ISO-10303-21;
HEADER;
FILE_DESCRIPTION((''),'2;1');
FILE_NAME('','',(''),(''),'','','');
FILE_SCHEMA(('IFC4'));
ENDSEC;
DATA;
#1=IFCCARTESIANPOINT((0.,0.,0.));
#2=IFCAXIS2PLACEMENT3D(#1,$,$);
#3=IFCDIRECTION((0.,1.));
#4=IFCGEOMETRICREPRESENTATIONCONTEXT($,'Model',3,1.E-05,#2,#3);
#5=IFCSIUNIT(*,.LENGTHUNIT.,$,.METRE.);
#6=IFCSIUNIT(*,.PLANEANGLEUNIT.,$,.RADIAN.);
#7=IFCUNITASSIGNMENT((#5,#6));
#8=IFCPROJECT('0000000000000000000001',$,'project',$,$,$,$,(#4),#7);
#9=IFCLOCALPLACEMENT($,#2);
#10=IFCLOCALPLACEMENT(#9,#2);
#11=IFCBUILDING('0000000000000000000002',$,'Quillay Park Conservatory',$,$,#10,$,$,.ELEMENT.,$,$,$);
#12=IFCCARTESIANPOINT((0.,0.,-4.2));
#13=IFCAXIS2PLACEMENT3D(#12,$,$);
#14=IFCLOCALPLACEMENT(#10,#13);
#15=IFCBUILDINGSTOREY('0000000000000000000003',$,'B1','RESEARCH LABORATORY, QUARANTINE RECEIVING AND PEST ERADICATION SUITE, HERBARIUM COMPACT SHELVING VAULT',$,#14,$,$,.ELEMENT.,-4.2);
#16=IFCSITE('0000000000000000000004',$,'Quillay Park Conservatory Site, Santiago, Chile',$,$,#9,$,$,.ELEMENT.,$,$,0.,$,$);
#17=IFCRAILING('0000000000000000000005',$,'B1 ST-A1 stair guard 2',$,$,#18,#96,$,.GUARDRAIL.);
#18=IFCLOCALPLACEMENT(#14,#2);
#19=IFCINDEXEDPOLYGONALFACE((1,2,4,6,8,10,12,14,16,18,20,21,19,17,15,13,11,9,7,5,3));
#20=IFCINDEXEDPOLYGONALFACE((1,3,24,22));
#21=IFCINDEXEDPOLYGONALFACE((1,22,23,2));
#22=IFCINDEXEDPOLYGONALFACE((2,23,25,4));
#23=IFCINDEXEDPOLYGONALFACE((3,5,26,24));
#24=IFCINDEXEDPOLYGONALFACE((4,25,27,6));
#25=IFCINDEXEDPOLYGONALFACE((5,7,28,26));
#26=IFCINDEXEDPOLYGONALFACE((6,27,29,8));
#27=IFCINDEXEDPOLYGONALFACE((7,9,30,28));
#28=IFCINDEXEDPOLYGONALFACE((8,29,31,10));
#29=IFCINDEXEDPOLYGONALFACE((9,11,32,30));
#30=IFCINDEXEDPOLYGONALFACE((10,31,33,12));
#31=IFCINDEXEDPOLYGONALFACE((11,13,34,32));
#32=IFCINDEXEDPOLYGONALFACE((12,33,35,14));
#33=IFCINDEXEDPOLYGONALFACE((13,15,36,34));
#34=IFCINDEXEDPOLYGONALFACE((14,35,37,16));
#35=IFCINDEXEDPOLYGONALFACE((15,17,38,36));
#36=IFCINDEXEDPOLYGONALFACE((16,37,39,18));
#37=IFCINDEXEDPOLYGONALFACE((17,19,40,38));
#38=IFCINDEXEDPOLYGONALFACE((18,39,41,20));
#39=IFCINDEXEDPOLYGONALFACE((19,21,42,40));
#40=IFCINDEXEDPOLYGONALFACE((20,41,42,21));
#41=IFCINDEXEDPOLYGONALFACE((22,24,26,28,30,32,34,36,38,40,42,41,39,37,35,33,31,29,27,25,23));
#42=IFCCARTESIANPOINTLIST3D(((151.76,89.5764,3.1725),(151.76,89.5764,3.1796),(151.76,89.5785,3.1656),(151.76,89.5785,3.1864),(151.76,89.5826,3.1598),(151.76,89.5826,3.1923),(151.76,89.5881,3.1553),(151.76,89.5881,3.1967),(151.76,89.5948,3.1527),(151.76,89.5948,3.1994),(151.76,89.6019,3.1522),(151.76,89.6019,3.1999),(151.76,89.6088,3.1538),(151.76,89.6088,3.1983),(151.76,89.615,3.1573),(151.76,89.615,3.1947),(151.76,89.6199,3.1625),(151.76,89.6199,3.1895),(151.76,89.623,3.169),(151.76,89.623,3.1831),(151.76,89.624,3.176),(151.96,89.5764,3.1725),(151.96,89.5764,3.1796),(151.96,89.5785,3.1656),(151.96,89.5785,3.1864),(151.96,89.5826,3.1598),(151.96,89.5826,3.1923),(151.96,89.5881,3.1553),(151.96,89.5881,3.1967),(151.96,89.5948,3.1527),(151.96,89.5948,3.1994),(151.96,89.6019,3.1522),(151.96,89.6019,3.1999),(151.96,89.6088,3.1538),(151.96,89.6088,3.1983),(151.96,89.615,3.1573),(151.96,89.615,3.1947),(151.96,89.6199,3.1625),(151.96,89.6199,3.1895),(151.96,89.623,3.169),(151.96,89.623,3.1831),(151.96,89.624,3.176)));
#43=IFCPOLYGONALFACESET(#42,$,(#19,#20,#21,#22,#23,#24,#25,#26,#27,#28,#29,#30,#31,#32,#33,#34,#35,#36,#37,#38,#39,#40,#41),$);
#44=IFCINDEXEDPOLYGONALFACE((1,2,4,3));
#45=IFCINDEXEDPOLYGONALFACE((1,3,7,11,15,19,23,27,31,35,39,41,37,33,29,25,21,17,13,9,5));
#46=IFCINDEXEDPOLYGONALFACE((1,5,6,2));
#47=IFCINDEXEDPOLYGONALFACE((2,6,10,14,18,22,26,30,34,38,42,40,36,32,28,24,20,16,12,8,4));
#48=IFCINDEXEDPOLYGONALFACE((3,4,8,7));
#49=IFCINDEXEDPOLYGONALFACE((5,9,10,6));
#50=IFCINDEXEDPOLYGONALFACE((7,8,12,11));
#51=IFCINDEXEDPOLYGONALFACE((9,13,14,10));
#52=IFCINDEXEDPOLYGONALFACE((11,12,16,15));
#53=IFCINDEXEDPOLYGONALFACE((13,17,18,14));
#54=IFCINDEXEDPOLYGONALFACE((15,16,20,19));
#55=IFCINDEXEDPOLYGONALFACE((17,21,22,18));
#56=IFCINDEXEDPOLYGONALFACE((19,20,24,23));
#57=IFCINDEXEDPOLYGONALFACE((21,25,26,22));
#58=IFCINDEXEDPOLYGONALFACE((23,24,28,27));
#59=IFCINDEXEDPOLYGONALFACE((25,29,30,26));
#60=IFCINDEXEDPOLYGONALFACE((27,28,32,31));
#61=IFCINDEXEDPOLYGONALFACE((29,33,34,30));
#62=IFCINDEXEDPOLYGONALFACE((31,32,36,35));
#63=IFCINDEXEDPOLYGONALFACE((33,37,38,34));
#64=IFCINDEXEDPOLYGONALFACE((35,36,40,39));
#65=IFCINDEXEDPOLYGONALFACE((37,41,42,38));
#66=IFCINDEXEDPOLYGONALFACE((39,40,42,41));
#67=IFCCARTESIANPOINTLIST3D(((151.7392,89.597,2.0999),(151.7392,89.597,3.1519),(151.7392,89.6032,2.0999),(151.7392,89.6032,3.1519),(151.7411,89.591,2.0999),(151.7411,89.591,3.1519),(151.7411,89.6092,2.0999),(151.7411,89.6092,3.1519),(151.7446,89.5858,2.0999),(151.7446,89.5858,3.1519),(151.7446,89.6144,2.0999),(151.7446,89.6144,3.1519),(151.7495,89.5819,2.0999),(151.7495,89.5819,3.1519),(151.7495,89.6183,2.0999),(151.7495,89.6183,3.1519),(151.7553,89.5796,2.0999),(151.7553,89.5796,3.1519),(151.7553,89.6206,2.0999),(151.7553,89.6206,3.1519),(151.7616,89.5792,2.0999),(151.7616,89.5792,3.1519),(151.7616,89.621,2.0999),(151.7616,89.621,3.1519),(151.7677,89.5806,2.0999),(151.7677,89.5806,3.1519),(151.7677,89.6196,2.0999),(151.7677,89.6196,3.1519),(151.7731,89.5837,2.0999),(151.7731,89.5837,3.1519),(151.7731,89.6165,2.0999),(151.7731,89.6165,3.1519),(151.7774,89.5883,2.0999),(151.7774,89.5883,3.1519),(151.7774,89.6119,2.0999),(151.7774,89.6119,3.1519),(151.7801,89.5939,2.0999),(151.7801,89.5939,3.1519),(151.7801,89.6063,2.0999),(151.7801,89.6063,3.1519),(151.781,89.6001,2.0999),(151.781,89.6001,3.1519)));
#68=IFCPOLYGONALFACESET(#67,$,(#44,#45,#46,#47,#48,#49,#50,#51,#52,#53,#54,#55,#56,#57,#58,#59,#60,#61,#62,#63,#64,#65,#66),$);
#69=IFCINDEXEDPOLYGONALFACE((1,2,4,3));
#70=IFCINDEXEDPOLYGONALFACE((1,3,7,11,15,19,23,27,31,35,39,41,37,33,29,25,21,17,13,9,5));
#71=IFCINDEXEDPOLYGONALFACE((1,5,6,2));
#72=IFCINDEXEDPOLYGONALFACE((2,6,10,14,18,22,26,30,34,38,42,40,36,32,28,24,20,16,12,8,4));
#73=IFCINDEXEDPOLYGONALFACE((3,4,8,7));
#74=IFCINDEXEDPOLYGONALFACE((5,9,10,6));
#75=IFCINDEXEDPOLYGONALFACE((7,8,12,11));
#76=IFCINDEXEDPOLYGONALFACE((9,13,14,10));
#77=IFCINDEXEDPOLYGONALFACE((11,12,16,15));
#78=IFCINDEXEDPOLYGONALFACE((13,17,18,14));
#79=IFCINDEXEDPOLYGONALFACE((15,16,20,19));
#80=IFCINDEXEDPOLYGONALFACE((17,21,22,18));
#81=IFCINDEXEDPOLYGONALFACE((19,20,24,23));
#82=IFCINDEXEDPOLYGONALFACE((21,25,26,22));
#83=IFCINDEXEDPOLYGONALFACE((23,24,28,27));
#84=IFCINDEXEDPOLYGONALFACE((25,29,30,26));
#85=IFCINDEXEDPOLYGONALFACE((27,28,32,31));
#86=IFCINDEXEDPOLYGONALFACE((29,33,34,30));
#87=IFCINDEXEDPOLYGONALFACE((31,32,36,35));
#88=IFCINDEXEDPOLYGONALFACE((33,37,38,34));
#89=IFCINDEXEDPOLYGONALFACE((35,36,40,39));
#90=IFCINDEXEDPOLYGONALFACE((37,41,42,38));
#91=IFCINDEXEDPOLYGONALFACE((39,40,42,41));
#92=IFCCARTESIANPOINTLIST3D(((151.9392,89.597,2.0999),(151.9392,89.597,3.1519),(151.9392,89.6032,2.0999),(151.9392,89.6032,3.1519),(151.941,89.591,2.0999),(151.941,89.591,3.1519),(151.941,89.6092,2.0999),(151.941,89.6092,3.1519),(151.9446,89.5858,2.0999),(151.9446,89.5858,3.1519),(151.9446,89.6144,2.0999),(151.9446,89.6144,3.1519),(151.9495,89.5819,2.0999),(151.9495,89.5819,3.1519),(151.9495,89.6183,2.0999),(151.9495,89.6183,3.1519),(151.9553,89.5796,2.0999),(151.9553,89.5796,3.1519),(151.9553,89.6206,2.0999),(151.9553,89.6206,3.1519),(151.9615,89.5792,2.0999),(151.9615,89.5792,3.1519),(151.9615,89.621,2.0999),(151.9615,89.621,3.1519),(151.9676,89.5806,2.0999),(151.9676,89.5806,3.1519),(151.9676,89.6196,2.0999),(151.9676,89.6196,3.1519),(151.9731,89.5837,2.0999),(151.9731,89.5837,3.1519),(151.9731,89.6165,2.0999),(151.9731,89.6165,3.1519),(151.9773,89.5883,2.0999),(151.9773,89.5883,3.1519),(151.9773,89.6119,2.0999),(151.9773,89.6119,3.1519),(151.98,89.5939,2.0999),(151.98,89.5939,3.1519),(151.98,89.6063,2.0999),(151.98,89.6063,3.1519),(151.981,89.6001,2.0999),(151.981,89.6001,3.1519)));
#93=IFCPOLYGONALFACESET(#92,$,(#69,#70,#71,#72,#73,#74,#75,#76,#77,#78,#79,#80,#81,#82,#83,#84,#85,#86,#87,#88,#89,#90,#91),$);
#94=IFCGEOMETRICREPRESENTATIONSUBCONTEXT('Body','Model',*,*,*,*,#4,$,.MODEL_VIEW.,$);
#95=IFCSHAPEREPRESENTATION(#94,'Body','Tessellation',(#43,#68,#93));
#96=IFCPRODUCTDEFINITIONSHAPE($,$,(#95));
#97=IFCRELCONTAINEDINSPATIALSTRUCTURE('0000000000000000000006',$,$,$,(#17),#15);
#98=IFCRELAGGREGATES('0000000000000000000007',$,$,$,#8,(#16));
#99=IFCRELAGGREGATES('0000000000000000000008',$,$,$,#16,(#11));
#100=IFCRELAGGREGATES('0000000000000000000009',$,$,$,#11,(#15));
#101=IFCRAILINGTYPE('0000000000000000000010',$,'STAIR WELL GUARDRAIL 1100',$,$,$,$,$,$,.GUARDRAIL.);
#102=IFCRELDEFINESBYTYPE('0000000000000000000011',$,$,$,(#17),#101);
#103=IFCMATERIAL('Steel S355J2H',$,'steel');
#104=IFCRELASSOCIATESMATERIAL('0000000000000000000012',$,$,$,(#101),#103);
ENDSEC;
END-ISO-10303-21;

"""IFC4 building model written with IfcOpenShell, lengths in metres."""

from ifc_helpers import new_model, si_unit, direction, frame, origin, origin_2d, place, context, subcontext, project, spatial, circle, extrude, material, type_object, element, save


model = new_model("IFC4")

# Units and contexts
model_context = context("Model", 3, precision=1e-05, world=origin(), true_north=direction((0.0, 1.0)))
body_context = subcontext(model_context, "Body", "Model", "MODEL_VIEW")
ifc_project = project(units=[si_unit("LENGTHUNIT", "METRE"), si_unit("PLANEANGLEUNIT", "RADIAN")], contexts=[model_context])

# Site, building, storey
site_placement = place(None, origin())
site = spatial("IfcSite", under=ifc_project, at=site_placement, Name="Quillay Park Conservatory Site, Santiago, Chile", CompositionType="ELEMENT", RefElevation=0.0)
building_placement = place(site_placement, origin())
building = spatial("IfcBuilding", under=site, at=building_placement, Name="Quillay Park Conservatory", CompositionType="ELEMENT")
storey_placement = place(building_placement, frame((0.0, 0.0, -4.2)))
storey = spatial("IfcBuildingStorey", under=building, at=storey_placement, Name="B1", Description="RESEARCH LABORATORY, QUARANTINE RECEIVING AND PEST ERADICATION SUITE, HERBARIUM COMPACT SHELVING VAULT", CompositionType="ELEMENT", Elevation=-4.2)

# Railing
ifc_material_1 = material(Name="Steel S355J2H", Category="steel")
railing_type_1 = type_object("IfcRailingType", Name="STAIR WELL GUARDRAIL 1100", PredefinedType="GUARDRAIL", material=ifc_material_1)
railing_1_placement = place(storey_placement, frame((151.76, 89.6001, 2.0999)))
element("IfcRailing", 1, at=railing_1_placement, inside=storey, type_object=railing_type_1, Name="B1 ST-A1 stair guard 2", PredefinedType="GUARDRAIL", context=body_context, shape_type="SweptSolid", body=[
    extrude(circle(Radius=0.0239, at=origin_2d()), frame((0.0, 0.0, 1.0762), z_axis=(1.0, 0.0, 0.0), x_axis=(0.0, 1.0, 0.0)), (0.0, 0.0, 1.0), 0.2),
    extrude(circle(Radius=0.021, at=origin_2d()), origin(), (0.0, 0.0, 1.0), 1.052),
    extrude(circle(Radius=0.021, at=origin_2d()), frame((0.2, 0.0, 0.0)), (0.0, 0.0, 1.0), 1.052),
])

save(model, "model.ifc")
